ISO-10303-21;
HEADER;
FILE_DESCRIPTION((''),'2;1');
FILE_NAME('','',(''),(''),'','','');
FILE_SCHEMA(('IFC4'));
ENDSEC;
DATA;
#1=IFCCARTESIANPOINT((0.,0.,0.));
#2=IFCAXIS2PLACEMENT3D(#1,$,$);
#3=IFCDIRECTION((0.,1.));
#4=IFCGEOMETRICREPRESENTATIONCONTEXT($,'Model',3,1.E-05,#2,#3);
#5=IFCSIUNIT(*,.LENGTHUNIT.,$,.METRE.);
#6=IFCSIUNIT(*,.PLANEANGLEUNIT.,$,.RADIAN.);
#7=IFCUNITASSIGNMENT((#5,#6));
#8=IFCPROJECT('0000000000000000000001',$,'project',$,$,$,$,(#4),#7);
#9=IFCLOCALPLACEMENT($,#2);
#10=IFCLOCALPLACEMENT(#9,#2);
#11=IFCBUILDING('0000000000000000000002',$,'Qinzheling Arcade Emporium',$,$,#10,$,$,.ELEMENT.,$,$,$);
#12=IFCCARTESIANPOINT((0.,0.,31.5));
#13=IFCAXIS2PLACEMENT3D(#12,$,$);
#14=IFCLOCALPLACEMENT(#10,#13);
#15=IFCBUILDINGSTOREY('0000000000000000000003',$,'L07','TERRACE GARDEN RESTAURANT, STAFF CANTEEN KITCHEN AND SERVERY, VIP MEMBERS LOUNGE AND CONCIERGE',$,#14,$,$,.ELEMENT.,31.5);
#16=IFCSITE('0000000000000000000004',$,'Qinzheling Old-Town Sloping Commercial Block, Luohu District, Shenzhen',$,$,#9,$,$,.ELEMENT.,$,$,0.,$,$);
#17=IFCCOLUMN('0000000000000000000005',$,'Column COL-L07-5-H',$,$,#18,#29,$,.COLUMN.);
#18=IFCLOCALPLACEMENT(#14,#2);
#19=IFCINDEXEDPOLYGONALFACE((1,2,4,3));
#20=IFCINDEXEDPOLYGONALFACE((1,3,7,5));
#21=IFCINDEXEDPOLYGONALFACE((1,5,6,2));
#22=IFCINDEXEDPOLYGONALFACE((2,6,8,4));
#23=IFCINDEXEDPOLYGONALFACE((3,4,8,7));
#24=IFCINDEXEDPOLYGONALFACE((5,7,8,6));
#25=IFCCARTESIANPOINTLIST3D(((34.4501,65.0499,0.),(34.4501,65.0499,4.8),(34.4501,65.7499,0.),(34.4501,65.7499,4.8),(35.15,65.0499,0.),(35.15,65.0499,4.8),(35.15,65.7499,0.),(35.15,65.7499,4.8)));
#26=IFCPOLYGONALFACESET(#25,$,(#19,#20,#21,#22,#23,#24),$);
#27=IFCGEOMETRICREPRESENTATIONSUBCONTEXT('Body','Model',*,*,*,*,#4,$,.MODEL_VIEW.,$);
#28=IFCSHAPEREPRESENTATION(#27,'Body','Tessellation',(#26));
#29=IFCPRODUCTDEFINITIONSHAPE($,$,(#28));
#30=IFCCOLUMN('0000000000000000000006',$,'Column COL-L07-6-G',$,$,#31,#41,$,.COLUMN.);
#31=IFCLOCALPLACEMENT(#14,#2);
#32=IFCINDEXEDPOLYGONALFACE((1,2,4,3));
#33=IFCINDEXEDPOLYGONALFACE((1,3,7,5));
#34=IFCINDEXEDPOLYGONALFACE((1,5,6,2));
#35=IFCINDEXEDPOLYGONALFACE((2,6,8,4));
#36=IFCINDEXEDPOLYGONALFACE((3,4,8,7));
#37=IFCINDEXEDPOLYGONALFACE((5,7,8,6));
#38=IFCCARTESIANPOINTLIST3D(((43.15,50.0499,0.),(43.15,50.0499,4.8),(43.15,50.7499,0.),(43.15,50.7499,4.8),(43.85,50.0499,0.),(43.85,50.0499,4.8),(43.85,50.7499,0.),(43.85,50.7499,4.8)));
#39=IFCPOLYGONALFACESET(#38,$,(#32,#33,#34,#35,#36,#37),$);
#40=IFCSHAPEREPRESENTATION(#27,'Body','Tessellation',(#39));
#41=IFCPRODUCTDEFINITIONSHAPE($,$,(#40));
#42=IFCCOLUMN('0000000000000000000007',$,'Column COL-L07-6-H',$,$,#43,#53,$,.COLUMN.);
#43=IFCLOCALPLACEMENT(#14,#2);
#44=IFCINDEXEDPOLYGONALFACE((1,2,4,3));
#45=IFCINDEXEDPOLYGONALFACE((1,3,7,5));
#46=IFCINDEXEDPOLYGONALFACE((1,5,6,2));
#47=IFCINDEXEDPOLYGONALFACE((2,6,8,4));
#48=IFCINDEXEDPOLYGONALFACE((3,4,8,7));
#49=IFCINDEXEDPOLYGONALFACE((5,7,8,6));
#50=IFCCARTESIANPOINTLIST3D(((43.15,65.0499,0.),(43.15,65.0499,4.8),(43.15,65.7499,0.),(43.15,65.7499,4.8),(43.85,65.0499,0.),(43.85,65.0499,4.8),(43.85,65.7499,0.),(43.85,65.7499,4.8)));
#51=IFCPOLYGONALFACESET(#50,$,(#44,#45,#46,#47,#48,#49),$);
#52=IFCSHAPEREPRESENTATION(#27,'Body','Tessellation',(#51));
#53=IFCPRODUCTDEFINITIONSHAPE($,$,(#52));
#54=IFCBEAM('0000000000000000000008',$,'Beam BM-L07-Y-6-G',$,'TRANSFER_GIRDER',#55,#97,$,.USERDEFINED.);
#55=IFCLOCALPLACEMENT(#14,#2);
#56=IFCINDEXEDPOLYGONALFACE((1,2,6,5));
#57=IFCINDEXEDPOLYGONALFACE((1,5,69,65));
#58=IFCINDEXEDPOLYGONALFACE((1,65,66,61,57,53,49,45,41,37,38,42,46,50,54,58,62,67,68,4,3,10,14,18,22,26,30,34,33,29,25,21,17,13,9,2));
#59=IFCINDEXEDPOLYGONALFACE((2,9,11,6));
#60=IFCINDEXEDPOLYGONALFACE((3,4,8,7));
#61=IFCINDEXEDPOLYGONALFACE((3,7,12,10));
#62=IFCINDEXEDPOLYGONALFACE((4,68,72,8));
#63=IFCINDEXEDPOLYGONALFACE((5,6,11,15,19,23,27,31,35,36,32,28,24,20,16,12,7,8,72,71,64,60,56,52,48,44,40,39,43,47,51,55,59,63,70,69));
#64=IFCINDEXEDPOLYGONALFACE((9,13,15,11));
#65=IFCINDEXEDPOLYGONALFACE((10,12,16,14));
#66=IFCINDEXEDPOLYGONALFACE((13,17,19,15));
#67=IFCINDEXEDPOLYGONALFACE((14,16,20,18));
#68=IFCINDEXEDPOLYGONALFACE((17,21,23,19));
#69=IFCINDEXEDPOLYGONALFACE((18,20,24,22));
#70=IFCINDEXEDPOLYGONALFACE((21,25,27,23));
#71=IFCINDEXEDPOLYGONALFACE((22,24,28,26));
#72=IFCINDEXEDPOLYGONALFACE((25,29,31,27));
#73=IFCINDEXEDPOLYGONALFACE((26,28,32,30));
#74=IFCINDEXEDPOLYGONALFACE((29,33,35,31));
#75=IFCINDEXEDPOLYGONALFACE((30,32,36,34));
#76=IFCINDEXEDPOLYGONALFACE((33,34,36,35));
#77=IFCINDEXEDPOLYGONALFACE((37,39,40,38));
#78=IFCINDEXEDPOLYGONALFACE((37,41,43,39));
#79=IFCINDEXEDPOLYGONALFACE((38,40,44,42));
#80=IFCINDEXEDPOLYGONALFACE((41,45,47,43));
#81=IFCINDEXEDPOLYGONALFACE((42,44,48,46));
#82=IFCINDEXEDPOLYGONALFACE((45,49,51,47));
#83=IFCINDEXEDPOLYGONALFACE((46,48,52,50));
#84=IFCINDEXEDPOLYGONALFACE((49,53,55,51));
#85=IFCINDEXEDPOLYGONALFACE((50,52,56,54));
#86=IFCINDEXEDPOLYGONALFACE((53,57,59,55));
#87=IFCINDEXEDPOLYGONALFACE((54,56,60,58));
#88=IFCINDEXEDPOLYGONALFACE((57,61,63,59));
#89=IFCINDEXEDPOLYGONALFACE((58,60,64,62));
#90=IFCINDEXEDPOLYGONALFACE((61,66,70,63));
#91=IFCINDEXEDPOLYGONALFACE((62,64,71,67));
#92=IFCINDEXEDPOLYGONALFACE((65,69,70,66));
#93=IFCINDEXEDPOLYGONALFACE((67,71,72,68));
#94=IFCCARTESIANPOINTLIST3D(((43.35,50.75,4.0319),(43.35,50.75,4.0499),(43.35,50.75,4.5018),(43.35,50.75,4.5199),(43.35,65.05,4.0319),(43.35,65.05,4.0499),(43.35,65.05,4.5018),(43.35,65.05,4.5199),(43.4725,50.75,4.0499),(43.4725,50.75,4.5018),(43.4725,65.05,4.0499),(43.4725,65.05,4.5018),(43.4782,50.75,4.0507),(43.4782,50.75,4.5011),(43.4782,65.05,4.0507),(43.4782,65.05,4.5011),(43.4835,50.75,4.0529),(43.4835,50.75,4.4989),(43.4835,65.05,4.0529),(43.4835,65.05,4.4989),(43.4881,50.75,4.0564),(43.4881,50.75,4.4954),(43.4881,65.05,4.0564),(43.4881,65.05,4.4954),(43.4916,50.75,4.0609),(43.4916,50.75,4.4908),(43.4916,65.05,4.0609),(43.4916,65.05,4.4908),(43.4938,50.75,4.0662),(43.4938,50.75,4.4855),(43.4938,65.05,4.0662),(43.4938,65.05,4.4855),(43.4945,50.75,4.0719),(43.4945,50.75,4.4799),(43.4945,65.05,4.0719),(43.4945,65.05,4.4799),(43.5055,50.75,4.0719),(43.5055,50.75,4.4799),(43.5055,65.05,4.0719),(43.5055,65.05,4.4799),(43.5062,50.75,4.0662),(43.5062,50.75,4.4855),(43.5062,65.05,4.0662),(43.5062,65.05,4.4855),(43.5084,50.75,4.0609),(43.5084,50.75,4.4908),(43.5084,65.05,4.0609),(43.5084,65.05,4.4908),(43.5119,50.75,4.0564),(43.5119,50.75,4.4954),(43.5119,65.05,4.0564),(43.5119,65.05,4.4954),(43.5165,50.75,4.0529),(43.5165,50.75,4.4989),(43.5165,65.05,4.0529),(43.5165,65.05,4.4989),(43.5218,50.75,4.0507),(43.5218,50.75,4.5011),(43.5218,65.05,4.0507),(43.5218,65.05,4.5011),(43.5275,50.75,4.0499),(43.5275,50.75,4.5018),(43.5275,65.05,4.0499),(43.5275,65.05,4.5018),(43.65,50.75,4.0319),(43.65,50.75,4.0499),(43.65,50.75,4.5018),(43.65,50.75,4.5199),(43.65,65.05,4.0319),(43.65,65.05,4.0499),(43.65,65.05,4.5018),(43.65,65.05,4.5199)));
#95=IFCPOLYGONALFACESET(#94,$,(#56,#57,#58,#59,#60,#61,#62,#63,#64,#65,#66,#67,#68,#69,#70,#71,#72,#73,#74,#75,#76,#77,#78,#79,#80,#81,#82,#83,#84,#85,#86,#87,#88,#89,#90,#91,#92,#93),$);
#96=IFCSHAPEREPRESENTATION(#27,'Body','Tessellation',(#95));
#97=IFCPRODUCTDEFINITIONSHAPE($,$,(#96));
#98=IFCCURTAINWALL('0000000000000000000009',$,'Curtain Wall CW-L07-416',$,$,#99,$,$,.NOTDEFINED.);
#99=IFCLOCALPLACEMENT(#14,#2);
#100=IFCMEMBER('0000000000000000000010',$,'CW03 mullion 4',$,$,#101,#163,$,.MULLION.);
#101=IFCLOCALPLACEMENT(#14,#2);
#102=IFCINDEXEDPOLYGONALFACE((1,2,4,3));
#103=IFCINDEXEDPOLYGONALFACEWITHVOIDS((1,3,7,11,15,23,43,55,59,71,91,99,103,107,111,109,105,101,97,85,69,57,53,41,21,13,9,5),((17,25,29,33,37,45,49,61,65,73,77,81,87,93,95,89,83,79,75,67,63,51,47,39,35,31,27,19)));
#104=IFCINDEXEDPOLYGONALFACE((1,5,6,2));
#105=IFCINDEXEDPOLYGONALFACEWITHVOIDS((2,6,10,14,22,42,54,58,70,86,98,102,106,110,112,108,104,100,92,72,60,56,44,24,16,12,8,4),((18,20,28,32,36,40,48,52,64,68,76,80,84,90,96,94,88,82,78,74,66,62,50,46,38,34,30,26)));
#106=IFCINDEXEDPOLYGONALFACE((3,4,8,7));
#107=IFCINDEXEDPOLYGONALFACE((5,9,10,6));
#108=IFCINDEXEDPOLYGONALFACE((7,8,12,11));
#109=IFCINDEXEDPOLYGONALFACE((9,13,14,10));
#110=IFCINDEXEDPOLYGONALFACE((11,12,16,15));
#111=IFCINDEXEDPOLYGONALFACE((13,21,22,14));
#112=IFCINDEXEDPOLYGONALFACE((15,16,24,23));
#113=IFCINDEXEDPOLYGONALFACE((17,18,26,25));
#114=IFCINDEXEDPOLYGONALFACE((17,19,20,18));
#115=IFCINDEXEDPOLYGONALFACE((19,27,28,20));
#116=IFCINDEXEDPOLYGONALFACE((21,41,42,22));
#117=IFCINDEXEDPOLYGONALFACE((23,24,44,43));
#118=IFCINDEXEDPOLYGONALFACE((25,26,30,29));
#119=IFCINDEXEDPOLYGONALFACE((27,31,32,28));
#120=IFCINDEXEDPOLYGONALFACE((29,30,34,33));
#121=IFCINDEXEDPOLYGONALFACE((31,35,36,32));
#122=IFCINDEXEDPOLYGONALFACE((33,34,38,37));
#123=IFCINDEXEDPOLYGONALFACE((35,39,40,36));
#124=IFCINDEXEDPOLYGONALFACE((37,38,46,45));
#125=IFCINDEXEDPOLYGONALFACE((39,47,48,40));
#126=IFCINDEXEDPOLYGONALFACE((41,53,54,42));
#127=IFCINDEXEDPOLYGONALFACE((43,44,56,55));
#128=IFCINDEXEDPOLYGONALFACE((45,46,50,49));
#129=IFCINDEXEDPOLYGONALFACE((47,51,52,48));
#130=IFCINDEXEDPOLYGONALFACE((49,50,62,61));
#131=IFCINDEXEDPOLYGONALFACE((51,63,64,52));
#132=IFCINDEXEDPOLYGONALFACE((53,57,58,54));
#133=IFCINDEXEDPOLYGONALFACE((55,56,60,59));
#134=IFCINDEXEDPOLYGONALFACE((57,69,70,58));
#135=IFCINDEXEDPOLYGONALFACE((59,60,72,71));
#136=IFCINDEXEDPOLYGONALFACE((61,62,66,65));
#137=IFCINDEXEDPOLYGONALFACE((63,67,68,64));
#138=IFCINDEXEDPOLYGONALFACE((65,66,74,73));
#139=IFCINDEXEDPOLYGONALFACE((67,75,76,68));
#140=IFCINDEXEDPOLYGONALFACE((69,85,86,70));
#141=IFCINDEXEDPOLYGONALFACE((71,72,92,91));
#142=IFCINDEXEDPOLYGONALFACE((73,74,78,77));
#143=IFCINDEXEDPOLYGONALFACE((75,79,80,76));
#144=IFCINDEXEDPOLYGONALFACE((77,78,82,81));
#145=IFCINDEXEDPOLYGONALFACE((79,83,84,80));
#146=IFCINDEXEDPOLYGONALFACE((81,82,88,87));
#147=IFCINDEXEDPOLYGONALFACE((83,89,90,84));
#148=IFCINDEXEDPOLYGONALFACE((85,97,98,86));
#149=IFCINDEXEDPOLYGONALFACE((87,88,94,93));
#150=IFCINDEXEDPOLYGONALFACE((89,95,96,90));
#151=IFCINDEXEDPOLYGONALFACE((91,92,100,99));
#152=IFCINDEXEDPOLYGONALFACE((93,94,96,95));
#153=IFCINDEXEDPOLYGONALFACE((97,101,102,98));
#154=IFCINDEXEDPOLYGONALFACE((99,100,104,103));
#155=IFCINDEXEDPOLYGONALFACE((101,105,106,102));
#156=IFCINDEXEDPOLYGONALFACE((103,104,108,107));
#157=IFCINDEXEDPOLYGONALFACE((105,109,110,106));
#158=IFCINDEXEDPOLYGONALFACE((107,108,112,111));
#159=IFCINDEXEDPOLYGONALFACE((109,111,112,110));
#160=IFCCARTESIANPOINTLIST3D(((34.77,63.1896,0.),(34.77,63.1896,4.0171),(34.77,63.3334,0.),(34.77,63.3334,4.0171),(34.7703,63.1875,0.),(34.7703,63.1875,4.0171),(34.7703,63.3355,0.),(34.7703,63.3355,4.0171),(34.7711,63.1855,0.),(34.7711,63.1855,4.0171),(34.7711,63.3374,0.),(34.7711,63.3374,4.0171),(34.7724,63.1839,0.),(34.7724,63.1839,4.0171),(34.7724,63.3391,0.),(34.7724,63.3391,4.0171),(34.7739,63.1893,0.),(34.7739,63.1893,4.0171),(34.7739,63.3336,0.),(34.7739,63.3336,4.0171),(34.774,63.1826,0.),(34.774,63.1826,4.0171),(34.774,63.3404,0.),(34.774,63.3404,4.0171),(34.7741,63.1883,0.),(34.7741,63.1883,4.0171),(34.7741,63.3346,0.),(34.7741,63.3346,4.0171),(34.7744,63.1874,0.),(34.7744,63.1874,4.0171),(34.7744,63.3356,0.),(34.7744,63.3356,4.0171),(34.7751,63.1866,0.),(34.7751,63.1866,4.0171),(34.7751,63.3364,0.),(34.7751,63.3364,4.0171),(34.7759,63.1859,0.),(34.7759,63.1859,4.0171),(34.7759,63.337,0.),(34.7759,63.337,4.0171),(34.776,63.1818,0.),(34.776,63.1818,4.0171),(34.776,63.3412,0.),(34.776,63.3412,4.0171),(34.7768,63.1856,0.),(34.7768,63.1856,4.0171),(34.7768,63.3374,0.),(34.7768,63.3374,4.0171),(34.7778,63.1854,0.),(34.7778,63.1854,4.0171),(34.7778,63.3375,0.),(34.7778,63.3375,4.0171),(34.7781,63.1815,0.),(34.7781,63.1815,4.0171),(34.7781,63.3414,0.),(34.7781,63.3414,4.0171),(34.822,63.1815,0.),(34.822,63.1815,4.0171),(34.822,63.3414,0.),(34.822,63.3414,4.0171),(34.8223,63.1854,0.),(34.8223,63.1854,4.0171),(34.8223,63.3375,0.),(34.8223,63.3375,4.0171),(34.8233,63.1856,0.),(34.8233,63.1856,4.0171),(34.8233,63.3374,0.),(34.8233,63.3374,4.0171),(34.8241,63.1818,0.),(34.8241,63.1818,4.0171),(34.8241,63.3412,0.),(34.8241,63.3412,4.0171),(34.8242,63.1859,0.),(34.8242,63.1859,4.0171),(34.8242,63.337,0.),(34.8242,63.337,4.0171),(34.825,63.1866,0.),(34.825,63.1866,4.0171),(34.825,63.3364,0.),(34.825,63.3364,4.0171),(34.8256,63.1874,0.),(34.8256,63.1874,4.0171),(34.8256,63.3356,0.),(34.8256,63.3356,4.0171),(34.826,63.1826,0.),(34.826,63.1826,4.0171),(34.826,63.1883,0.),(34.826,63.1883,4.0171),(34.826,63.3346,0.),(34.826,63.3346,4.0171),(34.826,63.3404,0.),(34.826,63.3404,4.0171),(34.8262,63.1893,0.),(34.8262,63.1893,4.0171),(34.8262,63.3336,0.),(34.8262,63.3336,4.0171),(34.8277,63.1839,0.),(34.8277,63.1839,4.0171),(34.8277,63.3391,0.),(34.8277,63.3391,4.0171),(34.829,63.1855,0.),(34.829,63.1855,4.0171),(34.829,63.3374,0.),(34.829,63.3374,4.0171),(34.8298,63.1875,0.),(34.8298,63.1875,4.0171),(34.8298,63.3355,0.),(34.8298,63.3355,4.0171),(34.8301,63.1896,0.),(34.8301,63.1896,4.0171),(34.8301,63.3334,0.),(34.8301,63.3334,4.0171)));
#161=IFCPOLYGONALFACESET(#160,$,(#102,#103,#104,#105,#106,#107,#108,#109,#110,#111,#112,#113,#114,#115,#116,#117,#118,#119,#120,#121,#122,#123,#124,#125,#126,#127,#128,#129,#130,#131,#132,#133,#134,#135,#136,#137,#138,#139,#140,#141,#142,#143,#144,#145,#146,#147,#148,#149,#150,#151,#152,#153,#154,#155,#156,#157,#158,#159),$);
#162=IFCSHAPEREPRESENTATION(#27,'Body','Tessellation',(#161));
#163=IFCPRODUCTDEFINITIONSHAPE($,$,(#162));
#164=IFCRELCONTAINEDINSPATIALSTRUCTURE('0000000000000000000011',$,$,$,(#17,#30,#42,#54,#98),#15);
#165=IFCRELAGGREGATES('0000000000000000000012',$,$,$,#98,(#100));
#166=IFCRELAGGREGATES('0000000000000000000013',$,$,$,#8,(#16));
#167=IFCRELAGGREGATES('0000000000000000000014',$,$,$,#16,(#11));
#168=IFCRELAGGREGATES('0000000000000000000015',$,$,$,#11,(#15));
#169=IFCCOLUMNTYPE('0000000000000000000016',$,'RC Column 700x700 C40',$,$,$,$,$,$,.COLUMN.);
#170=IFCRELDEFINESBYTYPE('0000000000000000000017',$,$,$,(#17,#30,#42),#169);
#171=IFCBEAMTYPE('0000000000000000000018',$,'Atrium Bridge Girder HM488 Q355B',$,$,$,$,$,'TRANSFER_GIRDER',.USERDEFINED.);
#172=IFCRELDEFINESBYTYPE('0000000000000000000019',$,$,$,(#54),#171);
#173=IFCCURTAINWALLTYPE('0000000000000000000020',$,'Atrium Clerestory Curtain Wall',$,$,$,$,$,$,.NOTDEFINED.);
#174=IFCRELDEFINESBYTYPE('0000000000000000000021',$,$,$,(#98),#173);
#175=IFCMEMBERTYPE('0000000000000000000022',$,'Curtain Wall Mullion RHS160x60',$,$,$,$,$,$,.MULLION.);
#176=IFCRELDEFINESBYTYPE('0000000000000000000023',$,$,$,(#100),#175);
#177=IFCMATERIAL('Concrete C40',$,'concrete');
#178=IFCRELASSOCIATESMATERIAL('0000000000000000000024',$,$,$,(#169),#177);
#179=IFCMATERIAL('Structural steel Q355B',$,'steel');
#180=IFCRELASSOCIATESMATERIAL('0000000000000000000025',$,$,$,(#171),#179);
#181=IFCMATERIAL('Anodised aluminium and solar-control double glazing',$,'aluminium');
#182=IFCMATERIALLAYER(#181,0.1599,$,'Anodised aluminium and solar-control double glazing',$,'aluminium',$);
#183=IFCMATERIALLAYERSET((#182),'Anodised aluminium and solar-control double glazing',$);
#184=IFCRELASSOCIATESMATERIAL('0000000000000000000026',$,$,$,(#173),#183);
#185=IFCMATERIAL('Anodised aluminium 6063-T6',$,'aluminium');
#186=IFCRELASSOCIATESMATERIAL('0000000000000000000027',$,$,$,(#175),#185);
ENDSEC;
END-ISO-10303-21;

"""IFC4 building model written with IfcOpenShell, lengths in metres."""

from ifc_helpers import new_model, si_unit, direction, frame, origin, origin_2d, place, context, subcontext, project, spatial, rectangle, hollow_rectangle, i_section, extrude, material, layer, layer_set, material_profile, profile_set, type_object, element, aggregate, save


model = new_model("IFC4")

# Units and contexts
model_context = context("Model", 3, precision=1e-05, world=origin(), true_north=direction((0.0, 1.0)))
body_context = subcontext(model_context, "Body", "Model", "MODEL_VIEW")
ifc_project = project(units=[si_unit("LENGTHUNIT", "METRE"), si_unit("PLANEANGLEUNIT", "RADIAN")], contexts=[model_context])

# Site, building, storey
site_placement = place(None, origin())
site = spatial("IfcSite", under=ifc_project, at=site_placement, Name="Qinzheling Old-Town Sloping Commercial Block, Luohu District, Shenzhen", CompositionType="ELEMENT", RefElevation=0.0)
building_placement = place(site_placement, origin())
building = spatial("IfcBuilding", under=site, at=building_placement, Name="Qinzheling Arcade Emporium", CompositionType="ELEMENT")
storey_placement = place(building_placement, frame((0.0, 0.0, 31.5)))
storey = spatial("IfcBuildingStorey", under=building, at=storey_placement, Name="L07", Description="TERRACE GARDEN RESTAURANT, STAFF CANTEEN KITCHEN AND SERVERY, VIP MEMBERS LOUNGE AND CONCIERGE", CompositionType="ELEMENT", Elevation=31.5)

# Columns
ifc_material_1 = material(Name="Concrete C40", Category="concrete")
ifc_material_profile_1 = material_profile(ifc_material_1, rectangle(XDim=0.7, YDim=0.7, at=origin_2d()), Name="RC 700x700", Category="concrete")
ifc_profile_set_1 = profile_set([ifc_material_profile_1], Name="Concrete C40")
column_type = type_object("IfcColumnType", Name="RC Column 700x700 C40", PredefinedType="COLUMN", material=ifc_profile_set_1)
for number, where, z_axis, x_axis, name in (
    (1, (34.8, 65.3999, 0.0), (0.0, 0.0, 1.0), (1.0, 0.0, 0.0), "Column COL-L07-5-H"),
    (2, (43.5, 50.3999, 0.0), (0.0, 0.0, 1.0), (1.0, 0.0, 0.0), "Column COL-L07-6-G"),
    (3, (43.5, 65.3999, 0.0), (0.0, 0.0, 1.0), (1.0, 0.0, 0.0), "Column COL-L07-6-H"),
):
    element("IfcColumn", number, at=place(storey_placement, frame(where, z_axis=z_axis, x_axis=x_axis)), inside=storey, type_object=column_type, Name=name, PredefinedType="COLUMN", context=body_context, shape_type="SweptSolid", body=[
        extrude(rectangle(XDim=0.7, YDim=0.7, at=origin_2d()), origin(), (0.0, 0.0, 1.0), 4.8),
    ])

# Beam
ifc_material_2 = material(Name="Structural steel Q355B", Category="steel")
ifc_material_profile_2 = material_profile(ifc_material_2, i_section(OverallWidth=0.3, OverallDepth=0.488, WebThickness=0.011, FlangeThickness=0.0181, FilletRadius=0.022, at=origin_2d()), Name="HM 488x300x11x18", Category="steel")
ifc_profile_set_2 = profile_set([ifc_material_profile_2], Name="Structural steel Q355B")
beam_type_1 = type_object("IfcBeamType", Name="Atrium Bridge Girder HM488 Q355B", ElementType="TRANSFER_GIRDER", PredefinedType="USERDEFINED", material=ifc_profile_set_2)
beam_placement = place(storey_placement, frame((43.5, 50.75, 4.2759), z_axis=(0.0, 1.0, 0.0), x_axis=(-1.0, 0.0, 0.0)))
element("IfcBeam", 4, at=beam_placement, inside=storey, type_object=beam_type_1, Name="Beam BM-L07-Y-6-G", ObjectType="TRANSFER_GIRDER", PredefinedType="USERDEFINED", context=body_context, shape_type="SweptSolid", body=[
    extrude(i_section(OverallWidth=0.3, OverallDepth=0.488, WebThickness=0.011, FlangeThickness=0.0181, FilletRadius=0.022, at=origin_2d()), origin(), (0.0, 0.0, 1.0), 14.3),
])

# Curtain wall, member
ifc_material_3 = material(Name="Anodised aluminium and solar-control double glazing", Category="aluminium")
ifc_layer_1 = layer(ifc_material_3, 0.1599, Name="Anodised aluminium and solar-control double glazing", Category="aluminium")
ifc_layer_set_1 = layer_set([ifc_layer_1], Name="Anodised aluminium and solar-control double glazing")
curtain_wall_type = type_object("IfcCurtainWallType", Name="Atrium Clerestory Curtain Wall", PredefinedType="NOTDEFINED", material=ifc_layer_set_1)
curtain_wall_placement = place(storey_placement, origin())
curtain_wall = element("IfcCurtainWall", 5, at=curtain_wall_placement, inside=storey, type_object=curtain_wall_type, Name="Curtain Wall CW-L07-416", PredefinedType="NOTDEFINED")
ifc_material_4 = material(Name="Anodised aluminium 6063-T6", Category="aluminium")
ifc_material_profile_3 = material_profile(ifc_material_4, hollow_rectangle(XDim=0.0601, YDim=0.1599, WallThickness=0.0039, InnerFilletRadius=0.0039, OuterFilletRadius=0.0081, at=origin_2d()), Name="RHS 160x60x4", Category="aluminium")
ifc_profile_set_3 = profile_set([ifc_material_profile_3], Name="Anodised aluminium 6063-T6")
member_type_1 = type_object("IfcMemberType", Name="Curtain Wall Mullion RHS160x60", PredefinedType="MULLION", material=ifc_profile_set_3)
member_1_placement = place(storey_placement, frame((34.8, 63.2615, 0.0), z_axis=(0.0, 0.0, 1.0), x_axis=(-1.0, 0.0, 0.0)))
member_1 = element("IfcMember", 6, at=member_1_placement, type_object=member_type_1, Name="CW03 mullion 4", PredefinedType="MULLION", context=body_context, shape_type="SweptSolid", body=[
    extrude(hollow_rectangle(XDim=0.0601, YDim=0.1599, WallThickness=0.0039, InnerFilletRadius=0.0039, OuterFilletRadius=0.0081, at=origin_2d()), origin(), (0.0, 0.0, 1.0), 4.0171),
])

aggregate(curtain_wall, [member_1])

save(model, "model.ifc")
